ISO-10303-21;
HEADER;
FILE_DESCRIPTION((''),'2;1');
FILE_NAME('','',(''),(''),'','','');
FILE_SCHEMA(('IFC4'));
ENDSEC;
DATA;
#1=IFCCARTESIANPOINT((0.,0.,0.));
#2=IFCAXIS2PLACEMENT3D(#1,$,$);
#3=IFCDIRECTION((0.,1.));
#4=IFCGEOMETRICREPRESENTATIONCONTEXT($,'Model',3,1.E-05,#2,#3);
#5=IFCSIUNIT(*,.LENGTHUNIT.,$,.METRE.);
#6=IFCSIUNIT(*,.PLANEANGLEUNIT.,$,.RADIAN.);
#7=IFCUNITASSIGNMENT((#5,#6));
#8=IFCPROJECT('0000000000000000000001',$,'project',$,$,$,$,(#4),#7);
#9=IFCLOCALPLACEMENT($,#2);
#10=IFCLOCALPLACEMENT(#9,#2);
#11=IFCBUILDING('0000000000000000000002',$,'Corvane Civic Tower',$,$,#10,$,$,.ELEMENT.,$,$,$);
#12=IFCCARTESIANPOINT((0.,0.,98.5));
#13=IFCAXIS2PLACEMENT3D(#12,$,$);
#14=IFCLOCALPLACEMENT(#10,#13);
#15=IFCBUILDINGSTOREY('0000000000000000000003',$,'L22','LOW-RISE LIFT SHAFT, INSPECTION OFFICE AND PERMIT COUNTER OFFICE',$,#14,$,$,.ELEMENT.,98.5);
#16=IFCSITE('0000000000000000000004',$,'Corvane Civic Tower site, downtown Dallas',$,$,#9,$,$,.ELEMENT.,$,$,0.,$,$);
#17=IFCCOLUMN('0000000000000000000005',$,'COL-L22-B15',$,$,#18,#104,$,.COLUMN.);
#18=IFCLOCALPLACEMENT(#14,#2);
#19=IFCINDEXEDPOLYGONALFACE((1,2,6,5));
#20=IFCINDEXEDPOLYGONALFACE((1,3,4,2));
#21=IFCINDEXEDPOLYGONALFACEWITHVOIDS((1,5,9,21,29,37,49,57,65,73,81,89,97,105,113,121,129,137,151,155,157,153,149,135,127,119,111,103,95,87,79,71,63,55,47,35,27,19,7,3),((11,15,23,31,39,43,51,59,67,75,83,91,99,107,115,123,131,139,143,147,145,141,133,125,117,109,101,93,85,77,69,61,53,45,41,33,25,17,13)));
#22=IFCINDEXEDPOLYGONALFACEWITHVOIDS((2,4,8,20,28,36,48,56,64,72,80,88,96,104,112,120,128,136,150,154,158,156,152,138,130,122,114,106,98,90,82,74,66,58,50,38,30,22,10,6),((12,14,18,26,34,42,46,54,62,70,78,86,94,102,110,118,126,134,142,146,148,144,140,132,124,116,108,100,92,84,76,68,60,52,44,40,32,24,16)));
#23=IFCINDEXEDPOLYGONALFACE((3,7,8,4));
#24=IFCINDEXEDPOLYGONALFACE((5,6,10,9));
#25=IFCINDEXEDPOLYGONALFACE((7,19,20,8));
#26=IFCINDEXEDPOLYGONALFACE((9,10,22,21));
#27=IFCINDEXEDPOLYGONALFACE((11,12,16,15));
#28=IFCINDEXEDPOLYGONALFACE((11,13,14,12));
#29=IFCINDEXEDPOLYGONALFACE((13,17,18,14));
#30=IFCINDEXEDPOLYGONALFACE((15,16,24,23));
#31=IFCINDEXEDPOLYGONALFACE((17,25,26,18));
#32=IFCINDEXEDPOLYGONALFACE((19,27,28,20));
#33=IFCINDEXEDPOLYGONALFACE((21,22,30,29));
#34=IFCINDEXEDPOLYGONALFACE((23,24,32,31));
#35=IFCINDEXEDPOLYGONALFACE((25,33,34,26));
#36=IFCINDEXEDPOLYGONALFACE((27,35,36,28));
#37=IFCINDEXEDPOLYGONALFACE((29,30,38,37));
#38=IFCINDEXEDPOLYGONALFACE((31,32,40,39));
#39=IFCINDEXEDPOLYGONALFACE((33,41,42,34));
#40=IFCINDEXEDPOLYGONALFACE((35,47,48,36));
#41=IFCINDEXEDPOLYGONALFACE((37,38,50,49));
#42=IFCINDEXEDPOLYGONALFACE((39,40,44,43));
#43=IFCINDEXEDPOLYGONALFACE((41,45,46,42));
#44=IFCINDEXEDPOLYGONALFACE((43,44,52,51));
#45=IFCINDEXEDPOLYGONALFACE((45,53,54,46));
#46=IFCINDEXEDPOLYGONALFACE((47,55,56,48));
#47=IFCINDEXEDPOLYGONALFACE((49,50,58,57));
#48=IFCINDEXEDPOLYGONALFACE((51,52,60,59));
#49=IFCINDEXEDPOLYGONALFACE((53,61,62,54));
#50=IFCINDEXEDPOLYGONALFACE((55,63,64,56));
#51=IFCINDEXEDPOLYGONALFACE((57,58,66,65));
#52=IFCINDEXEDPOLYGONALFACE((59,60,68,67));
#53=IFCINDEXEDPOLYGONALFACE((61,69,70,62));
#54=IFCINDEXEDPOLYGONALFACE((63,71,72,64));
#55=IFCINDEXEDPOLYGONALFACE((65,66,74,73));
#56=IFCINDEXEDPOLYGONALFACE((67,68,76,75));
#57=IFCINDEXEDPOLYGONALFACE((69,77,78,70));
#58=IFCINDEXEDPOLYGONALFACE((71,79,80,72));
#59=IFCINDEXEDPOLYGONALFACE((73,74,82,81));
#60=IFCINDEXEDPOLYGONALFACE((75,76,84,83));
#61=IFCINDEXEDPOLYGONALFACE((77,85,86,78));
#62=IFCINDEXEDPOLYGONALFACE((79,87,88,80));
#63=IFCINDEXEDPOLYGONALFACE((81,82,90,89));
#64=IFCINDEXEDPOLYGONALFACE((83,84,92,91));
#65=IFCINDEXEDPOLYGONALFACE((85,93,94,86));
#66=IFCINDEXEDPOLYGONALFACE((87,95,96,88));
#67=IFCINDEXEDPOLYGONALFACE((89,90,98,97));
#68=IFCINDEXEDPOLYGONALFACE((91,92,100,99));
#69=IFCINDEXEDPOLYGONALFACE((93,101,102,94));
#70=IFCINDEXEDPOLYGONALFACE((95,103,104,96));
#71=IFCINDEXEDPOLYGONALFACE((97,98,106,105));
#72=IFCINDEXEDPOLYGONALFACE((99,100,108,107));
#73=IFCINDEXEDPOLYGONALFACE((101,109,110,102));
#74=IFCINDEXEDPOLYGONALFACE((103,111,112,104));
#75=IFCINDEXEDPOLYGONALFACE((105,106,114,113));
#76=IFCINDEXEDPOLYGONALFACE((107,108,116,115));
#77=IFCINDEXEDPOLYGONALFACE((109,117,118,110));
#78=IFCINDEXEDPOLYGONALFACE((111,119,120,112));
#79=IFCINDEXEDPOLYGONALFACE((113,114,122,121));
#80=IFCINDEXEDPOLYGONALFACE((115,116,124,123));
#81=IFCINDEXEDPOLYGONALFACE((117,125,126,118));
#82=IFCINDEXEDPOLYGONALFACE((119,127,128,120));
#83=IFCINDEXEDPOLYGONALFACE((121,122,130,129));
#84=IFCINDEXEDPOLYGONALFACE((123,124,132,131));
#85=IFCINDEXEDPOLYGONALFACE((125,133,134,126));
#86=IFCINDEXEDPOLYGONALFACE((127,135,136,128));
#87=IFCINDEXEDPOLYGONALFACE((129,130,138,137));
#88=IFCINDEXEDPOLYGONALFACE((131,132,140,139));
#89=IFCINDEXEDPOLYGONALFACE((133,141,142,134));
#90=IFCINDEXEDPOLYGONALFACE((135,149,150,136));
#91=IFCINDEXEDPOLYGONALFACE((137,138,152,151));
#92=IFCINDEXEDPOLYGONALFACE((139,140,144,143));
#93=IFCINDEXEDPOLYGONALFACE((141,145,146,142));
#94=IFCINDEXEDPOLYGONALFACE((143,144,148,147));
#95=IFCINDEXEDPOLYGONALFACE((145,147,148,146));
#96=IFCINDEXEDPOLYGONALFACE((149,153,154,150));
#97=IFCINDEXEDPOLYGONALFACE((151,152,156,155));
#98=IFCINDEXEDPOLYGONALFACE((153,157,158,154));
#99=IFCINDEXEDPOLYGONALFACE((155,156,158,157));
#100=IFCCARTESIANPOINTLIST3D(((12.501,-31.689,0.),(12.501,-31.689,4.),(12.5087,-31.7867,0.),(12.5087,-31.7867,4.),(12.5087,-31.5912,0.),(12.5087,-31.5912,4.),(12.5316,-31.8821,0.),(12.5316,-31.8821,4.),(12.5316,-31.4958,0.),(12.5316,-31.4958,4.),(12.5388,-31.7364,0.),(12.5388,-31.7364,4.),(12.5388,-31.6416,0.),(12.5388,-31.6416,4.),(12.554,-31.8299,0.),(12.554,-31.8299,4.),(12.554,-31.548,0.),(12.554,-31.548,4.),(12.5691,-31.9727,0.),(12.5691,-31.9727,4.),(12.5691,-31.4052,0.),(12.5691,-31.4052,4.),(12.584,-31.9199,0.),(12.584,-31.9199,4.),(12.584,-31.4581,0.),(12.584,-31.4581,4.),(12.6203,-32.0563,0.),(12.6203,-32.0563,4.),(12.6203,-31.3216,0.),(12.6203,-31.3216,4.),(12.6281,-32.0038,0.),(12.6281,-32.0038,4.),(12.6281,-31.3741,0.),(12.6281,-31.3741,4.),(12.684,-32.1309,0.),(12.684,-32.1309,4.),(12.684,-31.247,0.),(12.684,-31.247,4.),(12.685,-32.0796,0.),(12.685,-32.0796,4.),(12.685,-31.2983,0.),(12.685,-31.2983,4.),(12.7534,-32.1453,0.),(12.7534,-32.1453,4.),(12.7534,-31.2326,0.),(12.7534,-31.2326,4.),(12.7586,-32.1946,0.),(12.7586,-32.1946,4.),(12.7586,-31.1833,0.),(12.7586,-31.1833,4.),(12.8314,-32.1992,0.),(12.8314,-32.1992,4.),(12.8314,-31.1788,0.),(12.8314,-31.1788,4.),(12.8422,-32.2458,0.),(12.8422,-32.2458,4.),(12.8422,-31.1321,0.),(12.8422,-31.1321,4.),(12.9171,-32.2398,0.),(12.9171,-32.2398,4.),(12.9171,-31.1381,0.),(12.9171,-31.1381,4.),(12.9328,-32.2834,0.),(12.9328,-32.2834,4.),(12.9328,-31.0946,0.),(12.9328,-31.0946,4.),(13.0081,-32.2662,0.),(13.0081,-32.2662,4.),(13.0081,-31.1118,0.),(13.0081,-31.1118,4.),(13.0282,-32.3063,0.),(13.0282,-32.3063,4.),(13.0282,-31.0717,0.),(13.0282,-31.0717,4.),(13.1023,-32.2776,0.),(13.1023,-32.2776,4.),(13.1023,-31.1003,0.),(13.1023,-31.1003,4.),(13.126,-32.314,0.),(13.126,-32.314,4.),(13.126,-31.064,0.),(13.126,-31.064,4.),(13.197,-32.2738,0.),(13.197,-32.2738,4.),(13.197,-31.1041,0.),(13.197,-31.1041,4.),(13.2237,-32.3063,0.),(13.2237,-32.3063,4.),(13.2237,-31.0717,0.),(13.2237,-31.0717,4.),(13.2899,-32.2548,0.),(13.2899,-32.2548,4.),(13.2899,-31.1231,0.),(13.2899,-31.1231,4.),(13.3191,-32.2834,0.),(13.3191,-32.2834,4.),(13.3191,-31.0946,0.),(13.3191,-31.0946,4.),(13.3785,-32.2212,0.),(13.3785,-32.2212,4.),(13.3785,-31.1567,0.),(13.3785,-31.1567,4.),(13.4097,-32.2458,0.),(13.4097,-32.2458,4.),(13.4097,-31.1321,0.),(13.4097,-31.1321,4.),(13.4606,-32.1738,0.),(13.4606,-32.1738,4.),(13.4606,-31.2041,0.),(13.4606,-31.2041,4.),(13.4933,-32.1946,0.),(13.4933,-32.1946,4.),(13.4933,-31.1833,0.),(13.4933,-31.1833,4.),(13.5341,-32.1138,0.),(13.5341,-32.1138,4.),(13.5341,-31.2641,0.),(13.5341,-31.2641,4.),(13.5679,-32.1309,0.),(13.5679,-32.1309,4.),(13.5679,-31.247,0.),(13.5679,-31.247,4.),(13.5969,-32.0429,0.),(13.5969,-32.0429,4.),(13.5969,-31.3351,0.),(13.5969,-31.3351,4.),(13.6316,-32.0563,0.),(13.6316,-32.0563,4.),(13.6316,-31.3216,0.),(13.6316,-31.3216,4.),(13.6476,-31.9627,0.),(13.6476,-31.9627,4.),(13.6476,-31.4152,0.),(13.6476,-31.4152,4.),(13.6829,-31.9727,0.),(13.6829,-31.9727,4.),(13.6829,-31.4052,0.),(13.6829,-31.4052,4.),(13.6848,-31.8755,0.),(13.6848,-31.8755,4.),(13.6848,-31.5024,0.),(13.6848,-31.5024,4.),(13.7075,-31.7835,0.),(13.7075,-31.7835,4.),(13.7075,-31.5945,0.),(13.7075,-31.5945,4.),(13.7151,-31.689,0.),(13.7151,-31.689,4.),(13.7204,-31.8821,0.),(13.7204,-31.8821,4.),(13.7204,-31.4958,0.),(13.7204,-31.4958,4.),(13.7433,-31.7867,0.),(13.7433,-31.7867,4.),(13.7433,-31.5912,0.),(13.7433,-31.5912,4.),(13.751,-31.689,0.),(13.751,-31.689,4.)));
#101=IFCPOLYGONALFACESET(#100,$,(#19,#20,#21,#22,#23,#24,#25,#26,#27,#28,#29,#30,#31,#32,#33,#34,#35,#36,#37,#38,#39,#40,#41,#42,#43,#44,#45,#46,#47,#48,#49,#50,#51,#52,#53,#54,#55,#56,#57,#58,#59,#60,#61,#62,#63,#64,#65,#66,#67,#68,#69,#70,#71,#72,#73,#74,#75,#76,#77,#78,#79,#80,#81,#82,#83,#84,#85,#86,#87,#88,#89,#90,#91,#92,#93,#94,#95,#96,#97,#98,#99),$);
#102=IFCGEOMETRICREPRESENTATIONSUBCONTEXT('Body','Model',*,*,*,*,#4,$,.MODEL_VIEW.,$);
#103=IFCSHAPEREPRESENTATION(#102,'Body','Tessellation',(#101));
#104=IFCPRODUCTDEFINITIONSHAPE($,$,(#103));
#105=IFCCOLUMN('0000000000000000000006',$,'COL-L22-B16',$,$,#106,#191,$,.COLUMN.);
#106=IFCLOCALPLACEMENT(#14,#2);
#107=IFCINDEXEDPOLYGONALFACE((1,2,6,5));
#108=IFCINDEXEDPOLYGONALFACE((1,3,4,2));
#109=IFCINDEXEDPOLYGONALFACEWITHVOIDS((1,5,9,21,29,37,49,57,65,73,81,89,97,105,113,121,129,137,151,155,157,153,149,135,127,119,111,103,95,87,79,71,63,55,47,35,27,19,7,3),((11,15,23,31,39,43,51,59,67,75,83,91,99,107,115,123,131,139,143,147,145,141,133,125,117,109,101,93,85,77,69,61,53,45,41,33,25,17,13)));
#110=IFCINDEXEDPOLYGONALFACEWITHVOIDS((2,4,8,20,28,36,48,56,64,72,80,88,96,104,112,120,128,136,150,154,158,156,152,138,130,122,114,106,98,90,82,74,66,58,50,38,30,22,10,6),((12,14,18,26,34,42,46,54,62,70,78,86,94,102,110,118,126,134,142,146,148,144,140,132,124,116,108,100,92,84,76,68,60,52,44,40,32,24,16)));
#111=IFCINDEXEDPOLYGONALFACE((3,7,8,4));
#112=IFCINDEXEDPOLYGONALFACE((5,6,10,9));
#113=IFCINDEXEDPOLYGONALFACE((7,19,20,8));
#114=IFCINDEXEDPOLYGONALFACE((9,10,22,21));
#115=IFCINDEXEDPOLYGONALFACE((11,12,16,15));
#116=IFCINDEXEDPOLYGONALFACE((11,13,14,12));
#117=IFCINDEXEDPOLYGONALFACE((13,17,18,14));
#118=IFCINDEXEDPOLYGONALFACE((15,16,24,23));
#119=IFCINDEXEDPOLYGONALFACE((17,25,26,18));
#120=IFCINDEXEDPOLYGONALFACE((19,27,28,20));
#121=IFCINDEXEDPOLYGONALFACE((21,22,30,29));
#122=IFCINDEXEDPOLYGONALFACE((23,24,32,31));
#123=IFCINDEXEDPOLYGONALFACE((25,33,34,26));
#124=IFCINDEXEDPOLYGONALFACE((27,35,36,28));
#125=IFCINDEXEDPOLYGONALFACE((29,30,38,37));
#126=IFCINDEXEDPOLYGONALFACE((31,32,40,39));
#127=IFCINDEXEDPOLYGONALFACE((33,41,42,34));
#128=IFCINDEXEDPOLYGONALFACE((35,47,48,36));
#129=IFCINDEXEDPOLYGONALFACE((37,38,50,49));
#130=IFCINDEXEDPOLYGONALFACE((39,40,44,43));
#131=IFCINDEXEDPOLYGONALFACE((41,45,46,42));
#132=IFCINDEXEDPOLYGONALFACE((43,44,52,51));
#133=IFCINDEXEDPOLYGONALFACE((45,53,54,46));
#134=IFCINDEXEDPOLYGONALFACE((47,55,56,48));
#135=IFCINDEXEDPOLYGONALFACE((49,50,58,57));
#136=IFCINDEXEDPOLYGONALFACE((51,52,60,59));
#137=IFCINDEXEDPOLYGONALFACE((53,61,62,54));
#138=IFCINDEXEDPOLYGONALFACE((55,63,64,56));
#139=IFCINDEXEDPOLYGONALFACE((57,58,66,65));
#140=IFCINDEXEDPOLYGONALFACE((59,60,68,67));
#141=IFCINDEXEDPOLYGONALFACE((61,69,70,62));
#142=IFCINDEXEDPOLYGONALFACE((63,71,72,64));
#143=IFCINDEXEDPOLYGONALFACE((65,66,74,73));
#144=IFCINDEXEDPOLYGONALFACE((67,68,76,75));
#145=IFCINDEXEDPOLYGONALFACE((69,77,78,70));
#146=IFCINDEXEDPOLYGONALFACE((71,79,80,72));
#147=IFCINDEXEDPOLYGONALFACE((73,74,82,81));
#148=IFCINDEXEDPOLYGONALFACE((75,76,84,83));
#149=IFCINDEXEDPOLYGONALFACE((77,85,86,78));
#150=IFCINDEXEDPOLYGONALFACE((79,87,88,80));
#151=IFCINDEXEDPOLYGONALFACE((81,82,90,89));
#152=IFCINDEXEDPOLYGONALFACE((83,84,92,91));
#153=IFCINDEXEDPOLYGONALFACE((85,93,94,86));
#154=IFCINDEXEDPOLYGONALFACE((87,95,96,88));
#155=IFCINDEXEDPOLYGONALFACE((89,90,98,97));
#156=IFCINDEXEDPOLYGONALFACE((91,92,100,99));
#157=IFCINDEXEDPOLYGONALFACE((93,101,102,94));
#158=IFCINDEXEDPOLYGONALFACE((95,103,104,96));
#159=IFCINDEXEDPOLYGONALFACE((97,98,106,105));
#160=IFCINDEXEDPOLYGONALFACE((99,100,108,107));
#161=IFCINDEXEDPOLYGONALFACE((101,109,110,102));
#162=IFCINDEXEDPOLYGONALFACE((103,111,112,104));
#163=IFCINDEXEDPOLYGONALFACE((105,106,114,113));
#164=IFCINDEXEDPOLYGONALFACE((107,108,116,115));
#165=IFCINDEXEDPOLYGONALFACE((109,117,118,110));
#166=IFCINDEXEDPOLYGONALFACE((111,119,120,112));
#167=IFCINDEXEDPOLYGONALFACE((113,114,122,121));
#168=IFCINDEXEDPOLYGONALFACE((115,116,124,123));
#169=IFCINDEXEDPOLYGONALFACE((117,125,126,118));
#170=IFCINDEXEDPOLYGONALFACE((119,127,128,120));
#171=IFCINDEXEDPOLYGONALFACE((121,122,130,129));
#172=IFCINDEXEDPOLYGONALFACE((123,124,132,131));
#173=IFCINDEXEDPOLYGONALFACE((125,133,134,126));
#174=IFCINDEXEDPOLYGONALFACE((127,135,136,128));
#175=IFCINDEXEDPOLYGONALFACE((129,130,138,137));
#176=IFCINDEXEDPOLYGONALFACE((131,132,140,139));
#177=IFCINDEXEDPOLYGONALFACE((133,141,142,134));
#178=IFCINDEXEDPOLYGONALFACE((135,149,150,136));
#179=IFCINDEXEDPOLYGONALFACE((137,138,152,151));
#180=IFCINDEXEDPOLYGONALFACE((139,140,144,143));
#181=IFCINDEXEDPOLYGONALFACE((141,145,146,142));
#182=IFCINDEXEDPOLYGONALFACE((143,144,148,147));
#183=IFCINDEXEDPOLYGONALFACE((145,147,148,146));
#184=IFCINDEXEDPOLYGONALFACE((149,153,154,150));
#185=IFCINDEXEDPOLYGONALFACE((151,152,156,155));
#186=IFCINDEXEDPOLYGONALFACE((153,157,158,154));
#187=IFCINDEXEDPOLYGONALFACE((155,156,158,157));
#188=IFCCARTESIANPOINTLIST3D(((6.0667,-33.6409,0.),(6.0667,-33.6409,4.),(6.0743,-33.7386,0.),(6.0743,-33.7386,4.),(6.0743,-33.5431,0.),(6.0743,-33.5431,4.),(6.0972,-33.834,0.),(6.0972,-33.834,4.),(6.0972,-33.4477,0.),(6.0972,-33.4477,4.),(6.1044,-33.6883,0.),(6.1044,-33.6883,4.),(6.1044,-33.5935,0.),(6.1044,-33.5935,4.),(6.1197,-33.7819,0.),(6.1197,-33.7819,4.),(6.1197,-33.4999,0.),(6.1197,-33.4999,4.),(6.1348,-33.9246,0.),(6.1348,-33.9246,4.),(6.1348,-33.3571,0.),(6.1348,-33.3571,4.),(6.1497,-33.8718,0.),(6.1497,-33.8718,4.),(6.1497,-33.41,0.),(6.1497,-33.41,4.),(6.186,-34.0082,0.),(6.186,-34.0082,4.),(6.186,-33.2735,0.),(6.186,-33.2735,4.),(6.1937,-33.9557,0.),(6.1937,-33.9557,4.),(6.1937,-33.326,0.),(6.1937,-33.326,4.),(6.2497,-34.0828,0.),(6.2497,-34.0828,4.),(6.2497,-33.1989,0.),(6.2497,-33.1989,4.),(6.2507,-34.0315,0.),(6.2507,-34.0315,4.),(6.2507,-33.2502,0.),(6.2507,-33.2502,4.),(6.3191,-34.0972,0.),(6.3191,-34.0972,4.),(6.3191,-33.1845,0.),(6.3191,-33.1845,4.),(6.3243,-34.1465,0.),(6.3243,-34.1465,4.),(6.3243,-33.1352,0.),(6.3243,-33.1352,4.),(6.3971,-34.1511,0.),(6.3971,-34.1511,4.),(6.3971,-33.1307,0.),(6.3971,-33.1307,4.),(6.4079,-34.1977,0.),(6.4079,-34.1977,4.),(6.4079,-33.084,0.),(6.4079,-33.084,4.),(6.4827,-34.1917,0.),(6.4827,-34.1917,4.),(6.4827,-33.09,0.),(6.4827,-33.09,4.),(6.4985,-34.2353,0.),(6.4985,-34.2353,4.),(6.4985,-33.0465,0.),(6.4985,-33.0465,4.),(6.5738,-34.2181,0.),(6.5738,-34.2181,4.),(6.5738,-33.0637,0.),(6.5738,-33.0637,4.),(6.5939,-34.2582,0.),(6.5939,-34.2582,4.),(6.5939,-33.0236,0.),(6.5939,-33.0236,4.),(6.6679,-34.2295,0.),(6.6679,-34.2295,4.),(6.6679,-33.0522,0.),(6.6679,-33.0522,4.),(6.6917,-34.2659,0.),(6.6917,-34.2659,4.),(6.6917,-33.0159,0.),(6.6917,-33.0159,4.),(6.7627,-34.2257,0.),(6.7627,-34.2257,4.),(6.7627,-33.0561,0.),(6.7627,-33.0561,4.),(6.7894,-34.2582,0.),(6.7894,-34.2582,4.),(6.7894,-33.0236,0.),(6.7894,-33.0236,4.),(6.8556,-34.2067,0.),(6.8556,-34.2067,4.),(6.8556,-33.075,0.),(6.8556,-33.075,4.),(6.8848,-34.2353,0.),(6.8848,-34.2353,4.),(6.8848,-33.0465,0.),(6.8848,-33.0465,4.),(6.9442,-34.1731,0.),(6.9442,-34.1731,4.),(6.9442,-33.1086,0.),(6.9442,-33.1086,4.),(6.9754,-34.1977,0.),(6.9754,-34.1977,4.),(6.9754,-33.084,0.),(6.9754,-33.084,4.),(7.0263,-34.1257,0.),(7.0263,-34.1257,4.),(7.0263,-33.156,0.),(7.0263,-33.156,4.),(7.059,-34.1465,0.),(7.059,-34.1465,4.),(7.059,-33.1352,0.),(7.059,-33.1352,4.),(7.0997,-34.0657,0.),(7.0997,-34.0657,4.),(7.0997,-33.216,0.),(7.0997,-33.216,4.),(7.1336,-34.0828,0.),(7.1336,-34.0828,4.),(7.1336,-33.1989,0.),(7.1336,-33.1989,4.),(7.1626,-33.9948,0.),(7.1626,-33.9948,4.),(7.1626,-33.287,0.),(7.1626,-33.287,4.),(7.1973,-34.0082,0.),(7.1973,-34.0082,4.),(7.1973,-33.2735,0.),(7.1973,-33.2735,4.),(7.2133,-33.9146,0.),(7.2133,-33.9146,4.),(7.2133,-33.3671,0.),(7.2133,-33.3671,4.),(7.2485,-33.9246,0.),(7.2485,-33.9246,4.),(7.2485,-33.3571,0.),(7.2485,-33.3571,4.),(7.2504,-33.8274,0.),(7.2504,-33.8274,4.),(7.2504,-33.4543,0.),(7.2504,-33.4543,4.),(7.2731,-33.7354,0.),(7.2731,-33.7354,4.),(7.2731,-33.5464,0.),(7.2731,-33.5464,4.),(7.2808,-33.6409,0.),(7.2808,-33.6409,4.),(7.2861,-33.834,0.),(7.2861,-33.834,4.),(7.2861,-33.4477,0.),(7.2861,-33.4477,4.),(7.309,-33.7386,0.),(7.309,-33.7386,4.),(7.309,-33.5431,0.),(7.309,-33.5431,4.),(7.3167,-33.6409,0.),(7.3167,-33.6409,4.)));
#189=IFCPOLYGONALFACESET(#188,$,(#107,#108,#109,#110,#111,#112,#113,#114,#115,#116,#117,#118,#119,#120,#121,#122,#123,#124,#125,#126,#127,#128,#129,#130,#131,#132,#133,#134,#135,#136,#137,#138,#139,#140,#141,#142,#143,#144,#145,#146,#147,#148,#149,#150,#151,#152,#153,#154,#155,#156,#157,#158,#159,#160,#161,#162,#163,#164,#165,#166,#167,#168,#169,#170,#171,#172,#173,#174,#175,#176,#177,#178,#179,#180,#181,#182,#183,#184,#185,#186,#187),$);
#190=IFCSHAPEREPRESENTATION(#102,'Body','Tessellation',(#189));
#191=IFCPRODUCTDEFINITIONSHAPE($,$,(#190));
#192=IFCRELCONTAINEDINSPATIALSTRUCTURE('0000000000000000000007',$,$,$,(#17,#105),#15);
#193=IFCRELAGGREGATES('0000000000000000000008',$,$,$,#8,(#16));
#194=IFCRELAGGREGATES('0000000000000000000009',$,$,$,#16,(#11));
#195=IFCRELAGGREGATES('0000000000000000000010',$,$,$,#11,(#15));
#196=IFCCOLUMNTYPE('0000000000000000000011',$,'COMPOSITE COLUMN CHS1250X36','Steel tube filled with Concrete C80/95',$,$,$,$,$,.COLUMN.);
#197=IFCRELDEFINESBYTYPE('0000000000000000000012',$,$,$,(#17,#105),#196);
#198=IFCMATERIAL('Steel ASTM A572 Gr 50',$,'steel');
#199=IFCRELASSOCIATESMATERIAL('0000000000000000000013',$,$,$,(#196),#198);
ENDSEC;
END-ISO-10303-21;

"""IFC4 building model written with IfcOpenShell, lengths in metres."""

from ifc_helpers import new_model, si_unit, direction, frame, origin, origin_2d, place, context, subcontext, project, spatial, hollow_circle, extrude, material, material_profile, profile_set, type_object, element, save


model = new_model("IFC4")

# Units and contexts
model_context = context("Model", 3, precision=1e-05, world=origin(), true_north=direction((0.0, 1.0)))
body_context = subcontext(model_context, "Body", "Model", "MODEL_VIEW")
ifc_project = project(units=[si_unit("LENGTHUNIT", "METRE"), si_unit("PLANEANGLEUNIT", "RADIAN")], contexts=[model_context])

# Site, building, storey
site_placement = place(None, origin())
site = spatial("IfcSite", under=ifc_project, at=site_placement, Name="Corvane Civic Tower site, downtown Dallas", CompositionType="ELEMENT", RefElevation=0.0)
building_placement = place(site_placement, origin())
building = spatial("IfcBuilding", under=site, at=building_placement, Name="Corvane Civic Tower", CompositionType="ELEMENT")
storey_placement = place(building_placement, frame((0.0, 0.0, 98.5)))
storey = spatial("IfcBuildingStorey", under=building, at=storey_placement, Name="L22", Description="LOW-RISE LIFT SHAFT, INSPECTION OFFICE AND PERMIT COUNTER OFFICE", CompositionType="ELEMENT", Elevation=98.5)

# Columns
ifc_material_1 = material(Name="Steel ASTM A572 Gr 50", Category="steel")
ifc_material_profile_1 = material_profile(ifc_material_1, hollow_circle(Radius=0.625, WallThickness=0.0359, at=origin_2d()), Name="CHS1250X36")
ifc_profile_set_1 = profile_set([ifc_material_profile_1], Name="Steel ASTM A572 Gr 50")
column_type = type_object("IfcColumnType", Name="COMPOSITE COLUMN CHS1250X36", Description="Steel tube filled with Concrete C80/95", PredefinedType="COLUMN", material=ifc_profile_set_1)
for number, where, z_axis, x_axis, name in (
    (1, (13.126, -31.689, 0.0), (0.0, 0.0, 1.0), (1.0, 0.0, 0.0), "COL-L22-B15"),
    (2, (6.6917, -33.6409, 0.0), (0.0, 0.0, 1.0), (1.0, 0.0, 0.0), "COL-L22-B16"),
):
    element("IfcColumn", number, at=place(storey_placement, frame(where, z_axis=z_axis, x_axis=x_axis)), inside=storey, type_object=column_type, Name=name, PredefinedType="COLUMN", context=body_context, shape_type="SweptSolid", body=[
        extrude(hollow_circle(Radius=0.625, WallThickness=0.0359, at=origin_2d()), origin(), (0.0, 0.0, 1.0), 4.0),
    ])

save(model, "model.ifc")
